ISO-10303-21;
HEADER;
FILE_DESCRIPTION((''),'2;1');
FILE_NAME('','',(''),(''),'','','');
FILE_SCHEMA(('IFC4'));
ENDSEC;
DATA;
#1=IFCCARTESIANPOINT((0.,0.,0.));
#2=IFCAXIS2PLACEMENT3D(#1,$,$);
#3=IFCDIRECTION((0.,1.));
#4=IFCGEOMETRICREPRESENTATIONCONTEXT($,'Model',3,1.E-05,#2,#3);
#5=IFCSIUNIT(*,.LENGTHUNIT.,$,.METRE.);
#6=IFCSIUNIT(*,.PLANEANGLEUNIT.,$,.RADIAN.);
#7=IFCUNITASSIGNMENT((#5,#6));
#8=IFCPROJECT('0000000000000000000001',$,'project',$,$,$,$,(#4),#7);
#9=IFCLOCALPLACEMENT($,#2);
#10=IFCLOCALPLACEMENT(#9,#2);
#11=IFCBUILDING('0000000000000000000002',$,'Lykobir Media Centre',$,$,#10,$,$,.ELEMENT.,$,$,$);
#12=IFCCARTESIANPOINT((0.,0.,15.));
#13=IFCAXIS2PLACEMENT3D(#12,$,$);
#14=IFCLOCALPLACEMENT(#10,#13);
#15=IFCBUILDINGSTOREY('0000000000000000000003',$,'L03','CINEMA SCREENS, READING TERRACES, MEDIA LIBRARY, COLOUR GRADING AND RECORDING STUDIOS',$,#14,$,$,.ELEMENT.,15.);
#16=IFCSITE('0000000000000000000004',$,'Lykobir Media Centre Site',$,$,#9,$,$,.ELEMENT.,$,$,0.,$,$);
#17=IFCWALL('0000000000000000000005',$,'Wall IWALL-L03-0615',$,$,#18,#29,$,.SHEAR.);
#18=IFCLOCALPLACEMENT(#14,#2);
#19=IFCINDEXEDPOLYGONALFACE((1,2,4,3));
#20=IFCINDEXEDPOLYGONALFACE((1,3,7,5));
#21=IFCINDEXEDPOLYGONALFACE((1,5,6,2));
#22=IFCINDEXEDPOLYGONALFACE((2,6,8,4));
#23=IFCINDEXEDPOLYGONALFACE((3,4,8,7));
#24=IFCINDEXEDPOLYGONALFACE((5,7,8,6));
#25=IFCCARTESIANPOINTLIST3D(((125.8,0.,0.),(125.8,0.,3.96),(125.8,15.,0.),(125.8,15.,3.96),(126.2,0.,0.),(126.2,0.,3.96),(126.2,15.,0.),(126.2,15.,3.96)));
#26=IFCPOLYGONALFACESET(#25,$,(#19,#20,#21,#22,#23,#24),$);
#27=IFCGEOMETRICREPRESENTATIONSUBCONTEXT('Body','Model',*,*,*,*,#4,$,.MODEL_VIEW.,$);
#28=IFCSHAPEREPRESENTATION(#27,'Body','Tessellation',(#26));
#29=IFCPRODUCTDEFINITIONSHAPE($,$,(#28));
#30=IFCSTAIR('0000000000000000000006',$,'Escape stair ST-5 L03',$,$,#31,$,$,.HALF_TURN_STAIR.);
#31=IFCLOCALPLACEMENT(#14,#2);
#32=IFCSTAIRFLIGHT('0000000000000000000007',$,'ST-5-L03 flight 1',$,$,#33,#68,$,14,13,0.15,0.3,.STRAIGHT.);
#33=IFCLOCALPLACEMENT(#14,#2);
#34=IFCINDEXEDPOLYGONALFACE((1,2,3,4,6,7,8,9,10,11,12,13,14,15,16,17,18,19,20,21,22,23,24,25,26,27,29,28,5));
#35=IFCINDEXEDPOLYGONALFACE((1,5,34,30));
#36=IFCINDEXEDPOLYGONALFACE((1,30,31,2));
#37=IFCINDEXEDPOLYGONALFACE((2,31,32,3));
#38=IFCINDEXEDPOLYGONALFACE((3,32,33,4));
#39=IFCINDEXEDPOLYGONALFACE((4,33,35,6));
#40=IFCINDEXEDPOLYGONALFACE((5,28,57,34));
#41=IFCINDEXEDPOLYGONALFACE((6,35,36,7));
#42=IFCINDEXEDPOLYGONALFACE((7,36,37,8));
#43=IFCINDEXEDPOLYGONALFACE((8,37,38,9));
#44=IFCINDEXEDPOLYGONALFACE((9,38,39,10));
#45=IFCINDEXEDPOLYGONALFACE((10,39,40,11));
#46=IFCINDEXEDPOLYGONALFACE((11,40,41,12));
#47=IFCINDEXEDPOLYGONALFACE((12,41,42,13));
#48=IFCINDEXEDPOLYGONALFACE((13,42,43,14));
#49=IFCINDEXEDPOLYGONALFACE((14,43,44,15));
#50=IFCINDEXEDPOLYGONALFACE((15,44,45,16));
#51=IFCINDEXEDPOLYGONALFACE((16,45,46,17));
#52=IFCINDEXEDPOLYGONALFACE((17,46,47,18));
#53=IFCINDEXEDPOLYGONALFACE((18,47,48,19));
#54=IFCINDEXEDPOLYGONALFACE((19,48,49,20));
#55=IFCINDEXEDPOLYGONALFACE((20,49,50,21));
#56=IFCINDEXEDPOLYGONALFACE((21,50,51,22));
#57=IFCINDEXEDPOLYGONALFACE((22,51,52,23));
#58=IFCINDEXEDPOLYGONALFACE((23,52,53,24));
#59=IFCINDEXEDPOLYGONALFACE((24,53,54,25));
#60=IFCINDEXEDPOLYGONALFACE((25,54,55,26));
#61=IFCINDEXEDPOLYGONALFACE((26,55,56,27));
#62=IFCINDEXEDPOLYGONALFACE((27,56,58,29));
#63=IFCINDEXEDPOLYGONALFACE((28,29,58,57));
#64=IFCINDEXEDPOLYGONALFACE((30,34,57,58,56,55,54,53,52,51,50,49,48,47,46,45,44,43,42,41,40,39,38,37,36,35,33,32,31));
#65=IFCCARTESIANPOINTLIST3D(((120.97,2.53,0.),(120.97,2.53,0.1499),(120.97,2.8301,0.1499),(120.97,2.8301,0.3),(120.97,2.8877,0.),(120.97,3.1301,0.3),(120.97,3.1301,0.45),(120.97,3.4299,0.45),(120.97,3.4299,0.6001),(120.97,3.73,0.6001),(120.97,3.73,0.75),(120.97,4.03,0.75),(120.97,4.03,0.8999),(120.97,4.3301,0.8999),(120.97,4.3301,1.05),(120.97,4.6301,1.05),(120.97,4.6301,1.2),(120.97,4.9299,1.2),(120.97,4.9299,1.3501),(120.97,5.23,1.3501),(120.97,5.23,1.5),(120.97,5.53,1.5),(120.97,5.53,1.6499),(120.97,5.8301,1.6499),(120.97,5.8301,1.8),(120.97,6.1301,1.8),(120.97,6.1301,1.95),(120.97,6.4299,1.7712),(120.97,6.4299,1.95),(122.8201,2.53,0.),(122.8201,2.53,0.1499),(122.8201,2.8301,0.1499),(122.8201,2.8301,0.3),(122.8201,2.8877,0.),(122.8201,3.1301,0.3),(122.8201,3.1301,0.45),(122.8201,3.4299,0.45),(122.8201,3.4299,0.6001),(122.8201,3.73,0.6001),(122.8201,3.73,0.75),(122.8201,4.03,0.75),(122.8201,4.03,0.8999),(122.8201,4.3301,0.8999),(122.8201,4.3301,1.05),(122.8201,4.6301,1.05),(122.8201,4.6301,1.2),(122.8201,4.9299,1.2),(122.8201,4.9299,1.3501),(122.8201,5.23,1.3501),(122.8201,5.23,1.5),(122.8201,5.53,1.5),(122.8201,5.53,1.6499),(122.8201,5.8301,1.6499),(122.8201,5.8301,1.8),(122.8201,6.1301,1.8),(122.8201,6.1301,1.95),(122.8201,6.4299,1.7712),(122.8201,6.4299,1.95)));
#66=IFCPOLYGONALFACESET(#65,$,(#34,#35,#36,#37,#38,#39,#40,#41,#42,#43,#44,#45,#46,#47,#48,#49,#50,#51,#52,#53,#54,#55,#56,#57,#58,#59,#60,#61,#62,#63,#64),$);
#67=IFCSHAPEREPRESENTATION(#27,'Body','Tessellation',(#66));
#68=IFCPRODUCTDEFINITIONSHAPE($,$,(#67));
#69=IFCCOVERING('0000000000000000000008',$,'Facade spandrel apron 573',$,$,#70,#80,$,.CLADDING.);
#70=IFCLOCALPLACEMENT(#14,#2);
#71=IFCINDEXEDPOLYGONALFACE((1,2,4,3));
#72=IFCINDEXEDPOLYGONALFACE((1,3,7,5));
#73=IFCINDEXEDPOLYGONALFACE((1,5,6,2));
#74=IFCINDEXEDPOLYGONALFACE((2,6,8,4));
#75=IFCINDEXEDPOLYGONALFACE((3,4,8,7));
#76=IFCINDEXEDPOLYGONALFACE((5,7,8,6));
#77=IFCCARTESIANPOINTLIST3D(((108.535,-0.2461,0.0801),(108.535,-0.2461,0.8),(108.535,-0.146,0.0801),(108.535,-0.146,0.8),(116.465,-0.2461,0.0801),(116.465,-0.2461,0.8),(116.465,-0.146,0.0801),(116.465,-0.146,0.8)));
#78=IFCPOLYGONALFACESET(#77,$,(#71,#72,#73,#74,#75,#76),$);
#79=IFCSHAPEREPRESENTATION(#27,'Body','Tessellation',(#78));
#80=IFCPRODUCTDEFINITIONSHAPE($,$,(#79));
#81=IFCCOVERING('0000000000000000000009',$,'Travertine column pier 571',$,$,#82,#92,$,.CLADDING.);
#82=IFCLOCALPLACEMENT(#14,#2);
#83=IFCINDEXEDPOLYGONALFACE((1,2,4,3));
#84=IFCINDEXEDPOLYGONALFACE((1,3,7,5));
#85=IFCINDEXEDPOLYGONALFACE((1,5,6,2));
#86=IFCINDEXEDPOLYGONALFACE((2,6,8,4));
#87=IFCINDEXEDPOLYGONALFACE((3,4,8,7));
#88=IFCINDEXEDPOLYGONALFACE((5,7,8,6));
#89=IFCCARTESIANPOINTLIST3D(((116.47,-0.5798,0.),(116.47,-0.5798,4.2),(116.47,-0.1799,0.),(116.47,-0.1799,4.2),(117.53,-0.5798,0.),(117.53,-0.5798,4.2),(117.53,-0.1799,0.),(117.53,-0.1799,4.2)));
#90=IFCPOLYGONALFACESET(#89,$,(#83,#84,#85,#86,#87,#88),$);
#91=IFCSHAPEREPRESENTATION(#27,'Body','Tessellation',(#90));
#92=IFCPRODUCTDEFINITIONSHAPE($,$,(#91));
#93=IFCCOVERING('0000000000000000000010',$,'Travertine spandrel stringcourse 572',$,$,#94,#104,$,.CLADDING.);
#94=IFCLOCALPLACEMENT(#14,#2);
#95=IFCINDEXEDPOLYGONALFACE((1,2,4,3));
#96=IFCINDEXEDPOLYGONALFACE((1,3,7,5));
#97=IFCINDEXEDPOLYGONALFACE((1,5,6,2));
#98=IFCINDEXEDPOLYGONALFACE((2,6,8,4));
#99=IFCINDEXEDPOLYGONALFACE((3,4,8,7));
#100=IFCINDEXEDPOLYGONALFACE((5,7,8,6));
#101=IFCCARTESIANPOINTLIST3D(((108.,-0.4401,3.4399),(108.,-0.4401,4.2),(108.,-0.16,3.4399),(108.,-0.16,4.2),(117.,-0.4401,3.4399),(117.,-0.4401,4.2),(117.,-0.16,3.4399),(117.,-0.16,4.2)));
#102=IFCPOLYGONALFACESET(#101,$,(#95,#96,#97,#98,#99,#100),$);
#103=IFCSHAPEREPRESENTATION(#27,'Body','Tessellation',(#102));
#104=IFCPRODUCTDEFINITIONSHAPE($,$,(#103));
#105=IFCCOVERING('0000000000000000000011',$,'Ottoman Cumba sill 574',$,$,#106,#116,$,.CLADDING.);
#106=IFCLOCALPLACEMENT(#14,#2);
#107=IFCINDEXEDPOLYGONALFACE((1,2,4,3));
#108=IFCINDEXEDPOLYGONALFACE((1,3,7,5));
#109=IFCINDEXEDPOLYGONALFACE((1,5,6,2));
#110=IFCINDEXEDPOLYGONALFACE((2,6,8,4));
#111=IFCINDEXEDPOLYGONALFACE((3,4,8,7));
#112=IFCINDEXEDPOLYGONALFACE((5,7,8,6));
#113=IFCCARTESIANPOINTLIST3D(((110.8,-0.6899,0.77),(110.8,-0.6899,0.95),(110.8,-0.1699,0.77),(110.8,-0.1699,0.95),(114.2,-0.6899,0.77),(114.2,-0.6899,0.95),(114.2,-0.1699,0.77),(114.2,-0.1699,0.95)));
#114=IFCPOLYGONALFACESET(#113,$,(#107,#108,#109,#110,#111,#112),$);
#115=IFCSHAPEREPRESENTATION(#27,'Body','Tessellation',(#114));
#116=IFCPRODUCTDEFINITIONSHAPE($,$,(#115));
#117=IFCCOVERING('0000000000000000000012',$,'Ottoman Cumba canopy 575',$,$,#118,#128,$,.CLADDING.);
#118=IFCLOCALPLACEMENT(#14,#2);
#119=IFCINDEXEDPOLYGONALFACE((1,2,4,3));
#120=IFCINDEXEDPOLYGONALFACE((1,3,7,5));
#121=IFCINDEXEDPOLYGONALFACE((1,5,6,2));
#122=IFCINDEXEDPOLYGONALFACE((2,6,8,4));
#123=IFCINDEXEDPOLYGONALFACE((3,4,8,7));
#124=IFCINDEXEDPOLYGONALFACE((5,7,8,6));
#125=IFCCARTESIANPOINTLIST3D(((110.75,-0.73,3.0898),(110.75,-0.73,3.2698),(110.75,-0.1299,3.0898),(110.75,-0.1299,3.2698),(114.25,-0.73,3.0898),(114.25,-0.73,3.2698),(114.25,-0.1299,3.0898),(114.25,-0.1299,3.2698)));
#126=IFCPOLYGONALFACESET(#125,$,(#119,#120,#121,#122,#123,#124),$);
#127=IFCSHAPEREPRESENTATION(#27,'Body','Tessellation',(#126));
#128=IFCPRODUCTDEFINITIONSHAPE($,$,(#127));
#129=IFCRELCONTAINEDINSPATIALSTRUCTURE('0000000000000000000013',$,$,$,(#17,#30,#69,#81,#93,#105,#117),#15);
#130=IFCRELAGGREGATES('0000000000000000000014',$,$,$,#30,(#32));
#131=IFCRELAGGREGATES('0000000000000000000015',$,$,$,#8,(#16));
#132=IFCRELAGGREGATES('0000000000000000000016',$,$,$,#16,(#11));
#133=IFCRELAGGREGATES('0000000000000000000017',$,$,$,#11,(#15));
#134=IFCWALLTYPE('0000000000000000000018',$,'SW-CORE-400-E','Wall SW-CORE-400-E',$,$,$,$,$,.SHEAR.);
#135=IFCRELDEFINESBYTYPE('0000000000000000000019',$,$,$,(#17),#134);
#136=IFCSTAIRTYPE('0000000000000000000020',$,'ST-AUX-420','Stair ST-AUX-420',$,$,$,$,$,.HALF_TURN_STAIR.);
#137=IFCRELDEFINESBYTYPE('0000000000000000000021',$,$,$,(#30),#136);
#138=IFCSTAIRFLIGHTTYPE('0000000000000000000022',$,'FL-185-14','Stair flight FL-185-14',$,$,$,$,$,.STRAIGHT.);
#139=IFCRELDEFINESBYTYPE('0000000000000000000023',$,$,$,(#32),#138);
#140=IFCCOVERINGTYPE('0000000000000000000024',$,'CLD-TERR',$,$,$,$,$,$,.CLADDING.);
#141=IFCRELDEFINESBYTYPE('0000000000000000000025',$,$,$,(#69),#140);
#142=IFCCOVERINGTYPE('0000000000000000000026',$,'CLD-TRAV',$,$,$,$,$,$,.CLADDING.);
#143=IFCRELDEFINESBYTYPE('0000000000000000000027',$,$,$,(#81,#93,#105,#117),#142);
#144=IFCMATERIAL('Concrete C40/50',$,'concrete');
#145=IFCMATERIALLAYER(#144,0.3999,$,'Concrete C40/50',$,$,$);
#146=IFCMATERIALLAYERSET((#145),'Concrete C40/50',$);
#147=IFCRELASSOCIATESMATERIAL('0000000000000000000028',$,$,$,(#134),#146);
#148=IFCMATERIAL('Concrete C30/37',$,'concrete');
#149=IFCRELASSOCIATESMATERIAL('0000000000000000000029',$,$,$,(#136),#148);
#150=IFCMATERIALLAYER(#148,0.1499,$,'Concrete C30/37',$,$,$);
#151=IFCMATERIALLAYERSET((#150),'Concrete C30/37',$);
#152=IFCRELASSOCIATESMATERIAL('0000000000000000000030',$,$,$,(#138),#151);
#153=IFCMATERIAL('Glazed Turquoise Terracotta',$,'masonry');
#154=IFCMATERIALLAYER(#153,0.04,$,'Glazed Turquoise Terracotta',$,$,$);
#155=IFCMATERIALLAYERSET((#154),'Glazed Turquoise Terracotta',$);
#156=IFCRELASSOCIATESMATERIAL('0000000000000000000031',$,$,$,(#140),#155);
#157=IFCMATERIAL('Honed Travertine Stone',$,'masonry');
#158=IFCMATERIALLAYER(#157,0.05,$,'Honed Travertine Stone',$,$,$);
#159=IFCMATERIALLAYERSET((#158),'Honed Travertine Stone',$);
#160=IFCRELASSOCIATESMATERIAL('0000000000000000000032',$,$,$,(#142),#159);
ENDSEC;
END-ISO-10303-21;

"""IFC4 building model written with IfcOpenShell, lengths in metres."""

from ifc_helpers import new_model, si_unit, direction, frame, frame_2d, origin, origin_2d, place, context, subcontext, project, spatial, polyline, rectangle, outline, extrude, material, layer, layer_set, type_object, element, aggregate, save


model = new_model("IFC4")

# Units and contexts
model_context = context("Model", 3, precision=1e-05, world=origin(), true_north=direction((0.0, 1.0)))
body_context = subcontext(model_context, "Body", "Model", "MODEL_VIEW")
ifc_project = project(units=[si_unit("LENGTHUNIT", "METRE"), si_unit("PLANEANGLEUNIT", "RADIAN")], contexts=[model_context])

# Site, building, storey
site_placement = place(None, origin())
site = spatial("IfcSite", under=ifc_project, at=site_placement, Name="Lykobir Media Centre Site", CompositionType="ELEMENT", RefElevation=0.0)
building_placement = place(site_placement, origin())
building = spatial("IfcBuilding", under=site, at=building_placement, Name="Lykobir Media Centre", CompositionType="ELEMENT")
storey_placement = place(building_placement, frame((0.0, 0.0, 15.0)))
storey = spatial("IfcBuildingStorey", under=building, at=storey_placement, Name="L03", Description="CINEMA SCREENS, READING TERRACES, MEDIA LIBRARY, COLOUR GRADING AND RECORDING STUDIOS", CompositionType="ELEMENT", Elevation=15.0)

# Shared definitions
ifc_material_1 = material(Name="Concrete C40/50", Category="concrete")

# Wall
ifc_layer_1 = layer(ifc_material_1, 0.3999, Name="Concrete C40/50")
ifc_layer_set_1 = layer_set([ifc_layer_1], Name="Concrete C40/50")
wall_type_1 = type_object("IfcWallType", Name="SW-CORE-400-E", Description="Wall SW-CORE-400-E", PredefinedType="SHEAR", material=ifc_layer_set_1)
wall_1_placement = place(storey_placement, frame((126.0, 0.0, 0.0), z_axis=(0.0, 0.0, 1.0), x_axis=(0.0, 1.0, 0.0)))
element("IfcWall", 1, at=wall_1_placement, inside=storey, type_object=wall_type_1, Name="Wall IWALL-L03-0615", PredefinedType="SHEAR", context=body_context, shape_type="SweptSolid", body=[
    extrude(rectangle(XDim=15.0, YDim=0.3999, at=frame_2d((7.5, 0.0))), origin(), (0.0, 0.0, 1.0), 3.96),
])

# Stair, stair flight
ifc_material_2 = material(Name="Concrete C30/37", Category="concrete")
stair_type = type_object("IfcStairType", Name="ST-AUX-420", Description="Stair ST-AUX-420", PredefinedType="HALF_TURN_STAIR", material=ifc_material_2)
stair_placement = place(storey_placement, origin())
stair = element("IfcStair", 2, at=stair_placement, inside=storey, type_object=stair_type, Name="Escape stair ST-5 L03", PredefinedType="HALF_TURN_STAIR")
ifc_layer_2 = layer(ifc_material_2, 0.1499, Name="Concrete C30/37")
ifc_layer_set_2 = layer_set([ifc_layer_2], Name="Concrete C30/37")
stair_flight_type = type_object("IfcStairFlightType", Name="FL-185-14", Description="Stair flight FL-185-14", PredefinedType="STRAIGHT", material=ifc_layer_set_2)
stair_flight_placement = place(storey_placement, frame((121.895, 2.53, 0.0), z_axis=(0.0, 0.0, 1.0), x_axis=(0.0, 1.0, 0.0)))
stair_flight = element("IfcStairFlight", 3, at=stair_flight_placement, type_object=stair_flight_type, Name="ST-5-L03 flight 1", NumberOfRisers=14, NumberOfTreads=13, PredefinedType="STRAIGHT", RiserHeight=0.15, TreadLength=0.3, context=body_context, shape_type="SweptSolid", body=[
    extrude(outline(polyline([(0.0, 0.0), (0.0, 0.1499), (0.3, 0.1499), (0.3, 0.3), (0.6001, 0.3), (0.6001, 0.45), (0.8999, 0.45), (0.8999, 0.6001), (1.2, 0.6001), (1.2, 0.75), (1.5, 0.75), (1.5, 0.8999), (1.8, 0.8999), (1.8, 1.05), (2.1001, 1.05), (2.1001, 1.2), (2.3999, 1.2), (2.3999, 1.3501), (2.7, 1.3501), (2.7, 1.5), (3.0, 1.5), (3.0, 1.6499), (3.3, 1.6499), (3.3, 1.8), (3.6001, 1.8), (3.6001, 1.95), (3.8999, 1.95), (3.8999, 2.1001), (3.8999, 1.7712), (0.3577, 0.0), (0.0, 0.0)])), frame((0.0, 0.925, 0.0), z_axis=(0.0, -1.0, 0.0), x_axis=(1.0, 0.0, 0.0)), (0.0, 0.0, 1.0), 1.8501),
])
aggregate(stair, [stair_flight])

# Coverings
ifc_material_3 = material(Name="Glazed Turquoise Terracotta", Category="masonry")
ifc_layer_3 = layer(ifc_material_3, 0.04, Name="Glazed Turquoise Terracotta")
ifc_layer_set_3 = layer_set([ifc_layer_3], Name="Glazed Turquoise Terracotta")
covering_type_1 = type_object("IfcCoveringType", Name="CLD-TERR", PredefinedType="CLADDING", material=ifc_layer_set_3)
covering_1_placement = place(storey_placement, frame((112.5, -0.196, 0.0801), z_axis=(0.0, 0.0, 1.0), x_axis=(1.0, 0.0, 0.0)))
element("IfcCovering", 4, at=covering_1_placement, inside=storey, type_object=covering_type_1, Name="Facade spandrel apron 573", PredefinedType="CLADDING", context=body_context, shape_type="SweptSolid", body=[
    extrude(rectangle(XDim=7.9299, YDim=0.1001, at=origin_2d()), origin(), (0.0, 0.0, 1.0), 0.72),
])
ifc_material_4 = material(Name="Honed Travertine Stone", Category="masonry")
ifc_layer_4 = layer(ifc_material_4, 0.05, Name="Honed Travertine Stone")
ifc_layer_set_4 = layer_set([ifc_layer_4], Name="Honed Travertine Stone")
covering_type_2 = type_object("IfcCoveringType", Name="CLD-TRAV", PredefinedType="CLADDING", material=ifc_layer_set_4)
covering_2_placement = place(storey_placement, frame((117.0, -0.3799, 0.0), z_axis=(0.0, 0.0, 1.0), x_axis=(1.0, 0.0, 0.0)))
element("IfcCovering", 5, at=covering_2_placement, inside=storey, type_object=covering_type_2, Name="Travertine column pier 571", PredefinedType="CLADDING", context=body_context, shape_type="SweptSolid", body=[
    extrude(rectangle(XDim=1.0601, YDim=0.3999, at=origin_2d()), origin(), (0.0, 0.0, 1.0), 4.2),
])
covering_3_placement = place(storey_placement, frame((112.5, -0.3, 3.4399), z_axis=(0.0, 0.0, 1.0), x_axis=(1.0, 0.0, 0.0)))
element("IfcCovering", 6, at=covering_3_placement, inside=storey, type_object=covering_type_2, Name="Travertine spandrel stringcourse 572", PredefinedType="CLADDING", context=body_context, shape_type="SweptSolid", body=[
    extrude(rectangle(XDim=9.0, YDim=0.28, at=origin_2d()), origin(), (0.0, 0.0, 1.0), 0.76),
])
covering_4_placement = place(storey_placement, frame((112.5, -0.4299, 0.77), z_axis=(0.0, 0.0, 1.0), x_axis=(1.0, 0.0, 0.0)))
element("IfcCovering", 7, at=covering_4_placement, inside=storey, type_object=covering_type_2, Name="Ottoman Cumba sill 574", PredefinedType="CLADDING", context=body_context, shape_type="SweptSolid", body=[
    extrude(rectangle(XDim=3.3999, YDim=0.52, at=origin_2d()), origin(), (0.0, 0.0, 1.0), 0.1799),
])
covering_5_placement = place(storey_placement, frame((112.5, -0.4299, 3.0898), z_axis=(0.0, 0.0, 1.0), x_axis=(1.0, 0.0, 0.0)))
element("IfcCovering", 8, at=covering_5_placement, inside=storey, type_object=covering_type_2, Name="Ottoman Cumba canopy 575", PredefinedType="CLADDING", context=body_context, shape_type="SweptSolid", body=[
    extrude(rectangle(XDim=3.5, YDim=0.6001, at=origin_2d()), origin(), (0.0, 0.0, 1.0), 0.1799),
])

save(model, "model.ifc")
